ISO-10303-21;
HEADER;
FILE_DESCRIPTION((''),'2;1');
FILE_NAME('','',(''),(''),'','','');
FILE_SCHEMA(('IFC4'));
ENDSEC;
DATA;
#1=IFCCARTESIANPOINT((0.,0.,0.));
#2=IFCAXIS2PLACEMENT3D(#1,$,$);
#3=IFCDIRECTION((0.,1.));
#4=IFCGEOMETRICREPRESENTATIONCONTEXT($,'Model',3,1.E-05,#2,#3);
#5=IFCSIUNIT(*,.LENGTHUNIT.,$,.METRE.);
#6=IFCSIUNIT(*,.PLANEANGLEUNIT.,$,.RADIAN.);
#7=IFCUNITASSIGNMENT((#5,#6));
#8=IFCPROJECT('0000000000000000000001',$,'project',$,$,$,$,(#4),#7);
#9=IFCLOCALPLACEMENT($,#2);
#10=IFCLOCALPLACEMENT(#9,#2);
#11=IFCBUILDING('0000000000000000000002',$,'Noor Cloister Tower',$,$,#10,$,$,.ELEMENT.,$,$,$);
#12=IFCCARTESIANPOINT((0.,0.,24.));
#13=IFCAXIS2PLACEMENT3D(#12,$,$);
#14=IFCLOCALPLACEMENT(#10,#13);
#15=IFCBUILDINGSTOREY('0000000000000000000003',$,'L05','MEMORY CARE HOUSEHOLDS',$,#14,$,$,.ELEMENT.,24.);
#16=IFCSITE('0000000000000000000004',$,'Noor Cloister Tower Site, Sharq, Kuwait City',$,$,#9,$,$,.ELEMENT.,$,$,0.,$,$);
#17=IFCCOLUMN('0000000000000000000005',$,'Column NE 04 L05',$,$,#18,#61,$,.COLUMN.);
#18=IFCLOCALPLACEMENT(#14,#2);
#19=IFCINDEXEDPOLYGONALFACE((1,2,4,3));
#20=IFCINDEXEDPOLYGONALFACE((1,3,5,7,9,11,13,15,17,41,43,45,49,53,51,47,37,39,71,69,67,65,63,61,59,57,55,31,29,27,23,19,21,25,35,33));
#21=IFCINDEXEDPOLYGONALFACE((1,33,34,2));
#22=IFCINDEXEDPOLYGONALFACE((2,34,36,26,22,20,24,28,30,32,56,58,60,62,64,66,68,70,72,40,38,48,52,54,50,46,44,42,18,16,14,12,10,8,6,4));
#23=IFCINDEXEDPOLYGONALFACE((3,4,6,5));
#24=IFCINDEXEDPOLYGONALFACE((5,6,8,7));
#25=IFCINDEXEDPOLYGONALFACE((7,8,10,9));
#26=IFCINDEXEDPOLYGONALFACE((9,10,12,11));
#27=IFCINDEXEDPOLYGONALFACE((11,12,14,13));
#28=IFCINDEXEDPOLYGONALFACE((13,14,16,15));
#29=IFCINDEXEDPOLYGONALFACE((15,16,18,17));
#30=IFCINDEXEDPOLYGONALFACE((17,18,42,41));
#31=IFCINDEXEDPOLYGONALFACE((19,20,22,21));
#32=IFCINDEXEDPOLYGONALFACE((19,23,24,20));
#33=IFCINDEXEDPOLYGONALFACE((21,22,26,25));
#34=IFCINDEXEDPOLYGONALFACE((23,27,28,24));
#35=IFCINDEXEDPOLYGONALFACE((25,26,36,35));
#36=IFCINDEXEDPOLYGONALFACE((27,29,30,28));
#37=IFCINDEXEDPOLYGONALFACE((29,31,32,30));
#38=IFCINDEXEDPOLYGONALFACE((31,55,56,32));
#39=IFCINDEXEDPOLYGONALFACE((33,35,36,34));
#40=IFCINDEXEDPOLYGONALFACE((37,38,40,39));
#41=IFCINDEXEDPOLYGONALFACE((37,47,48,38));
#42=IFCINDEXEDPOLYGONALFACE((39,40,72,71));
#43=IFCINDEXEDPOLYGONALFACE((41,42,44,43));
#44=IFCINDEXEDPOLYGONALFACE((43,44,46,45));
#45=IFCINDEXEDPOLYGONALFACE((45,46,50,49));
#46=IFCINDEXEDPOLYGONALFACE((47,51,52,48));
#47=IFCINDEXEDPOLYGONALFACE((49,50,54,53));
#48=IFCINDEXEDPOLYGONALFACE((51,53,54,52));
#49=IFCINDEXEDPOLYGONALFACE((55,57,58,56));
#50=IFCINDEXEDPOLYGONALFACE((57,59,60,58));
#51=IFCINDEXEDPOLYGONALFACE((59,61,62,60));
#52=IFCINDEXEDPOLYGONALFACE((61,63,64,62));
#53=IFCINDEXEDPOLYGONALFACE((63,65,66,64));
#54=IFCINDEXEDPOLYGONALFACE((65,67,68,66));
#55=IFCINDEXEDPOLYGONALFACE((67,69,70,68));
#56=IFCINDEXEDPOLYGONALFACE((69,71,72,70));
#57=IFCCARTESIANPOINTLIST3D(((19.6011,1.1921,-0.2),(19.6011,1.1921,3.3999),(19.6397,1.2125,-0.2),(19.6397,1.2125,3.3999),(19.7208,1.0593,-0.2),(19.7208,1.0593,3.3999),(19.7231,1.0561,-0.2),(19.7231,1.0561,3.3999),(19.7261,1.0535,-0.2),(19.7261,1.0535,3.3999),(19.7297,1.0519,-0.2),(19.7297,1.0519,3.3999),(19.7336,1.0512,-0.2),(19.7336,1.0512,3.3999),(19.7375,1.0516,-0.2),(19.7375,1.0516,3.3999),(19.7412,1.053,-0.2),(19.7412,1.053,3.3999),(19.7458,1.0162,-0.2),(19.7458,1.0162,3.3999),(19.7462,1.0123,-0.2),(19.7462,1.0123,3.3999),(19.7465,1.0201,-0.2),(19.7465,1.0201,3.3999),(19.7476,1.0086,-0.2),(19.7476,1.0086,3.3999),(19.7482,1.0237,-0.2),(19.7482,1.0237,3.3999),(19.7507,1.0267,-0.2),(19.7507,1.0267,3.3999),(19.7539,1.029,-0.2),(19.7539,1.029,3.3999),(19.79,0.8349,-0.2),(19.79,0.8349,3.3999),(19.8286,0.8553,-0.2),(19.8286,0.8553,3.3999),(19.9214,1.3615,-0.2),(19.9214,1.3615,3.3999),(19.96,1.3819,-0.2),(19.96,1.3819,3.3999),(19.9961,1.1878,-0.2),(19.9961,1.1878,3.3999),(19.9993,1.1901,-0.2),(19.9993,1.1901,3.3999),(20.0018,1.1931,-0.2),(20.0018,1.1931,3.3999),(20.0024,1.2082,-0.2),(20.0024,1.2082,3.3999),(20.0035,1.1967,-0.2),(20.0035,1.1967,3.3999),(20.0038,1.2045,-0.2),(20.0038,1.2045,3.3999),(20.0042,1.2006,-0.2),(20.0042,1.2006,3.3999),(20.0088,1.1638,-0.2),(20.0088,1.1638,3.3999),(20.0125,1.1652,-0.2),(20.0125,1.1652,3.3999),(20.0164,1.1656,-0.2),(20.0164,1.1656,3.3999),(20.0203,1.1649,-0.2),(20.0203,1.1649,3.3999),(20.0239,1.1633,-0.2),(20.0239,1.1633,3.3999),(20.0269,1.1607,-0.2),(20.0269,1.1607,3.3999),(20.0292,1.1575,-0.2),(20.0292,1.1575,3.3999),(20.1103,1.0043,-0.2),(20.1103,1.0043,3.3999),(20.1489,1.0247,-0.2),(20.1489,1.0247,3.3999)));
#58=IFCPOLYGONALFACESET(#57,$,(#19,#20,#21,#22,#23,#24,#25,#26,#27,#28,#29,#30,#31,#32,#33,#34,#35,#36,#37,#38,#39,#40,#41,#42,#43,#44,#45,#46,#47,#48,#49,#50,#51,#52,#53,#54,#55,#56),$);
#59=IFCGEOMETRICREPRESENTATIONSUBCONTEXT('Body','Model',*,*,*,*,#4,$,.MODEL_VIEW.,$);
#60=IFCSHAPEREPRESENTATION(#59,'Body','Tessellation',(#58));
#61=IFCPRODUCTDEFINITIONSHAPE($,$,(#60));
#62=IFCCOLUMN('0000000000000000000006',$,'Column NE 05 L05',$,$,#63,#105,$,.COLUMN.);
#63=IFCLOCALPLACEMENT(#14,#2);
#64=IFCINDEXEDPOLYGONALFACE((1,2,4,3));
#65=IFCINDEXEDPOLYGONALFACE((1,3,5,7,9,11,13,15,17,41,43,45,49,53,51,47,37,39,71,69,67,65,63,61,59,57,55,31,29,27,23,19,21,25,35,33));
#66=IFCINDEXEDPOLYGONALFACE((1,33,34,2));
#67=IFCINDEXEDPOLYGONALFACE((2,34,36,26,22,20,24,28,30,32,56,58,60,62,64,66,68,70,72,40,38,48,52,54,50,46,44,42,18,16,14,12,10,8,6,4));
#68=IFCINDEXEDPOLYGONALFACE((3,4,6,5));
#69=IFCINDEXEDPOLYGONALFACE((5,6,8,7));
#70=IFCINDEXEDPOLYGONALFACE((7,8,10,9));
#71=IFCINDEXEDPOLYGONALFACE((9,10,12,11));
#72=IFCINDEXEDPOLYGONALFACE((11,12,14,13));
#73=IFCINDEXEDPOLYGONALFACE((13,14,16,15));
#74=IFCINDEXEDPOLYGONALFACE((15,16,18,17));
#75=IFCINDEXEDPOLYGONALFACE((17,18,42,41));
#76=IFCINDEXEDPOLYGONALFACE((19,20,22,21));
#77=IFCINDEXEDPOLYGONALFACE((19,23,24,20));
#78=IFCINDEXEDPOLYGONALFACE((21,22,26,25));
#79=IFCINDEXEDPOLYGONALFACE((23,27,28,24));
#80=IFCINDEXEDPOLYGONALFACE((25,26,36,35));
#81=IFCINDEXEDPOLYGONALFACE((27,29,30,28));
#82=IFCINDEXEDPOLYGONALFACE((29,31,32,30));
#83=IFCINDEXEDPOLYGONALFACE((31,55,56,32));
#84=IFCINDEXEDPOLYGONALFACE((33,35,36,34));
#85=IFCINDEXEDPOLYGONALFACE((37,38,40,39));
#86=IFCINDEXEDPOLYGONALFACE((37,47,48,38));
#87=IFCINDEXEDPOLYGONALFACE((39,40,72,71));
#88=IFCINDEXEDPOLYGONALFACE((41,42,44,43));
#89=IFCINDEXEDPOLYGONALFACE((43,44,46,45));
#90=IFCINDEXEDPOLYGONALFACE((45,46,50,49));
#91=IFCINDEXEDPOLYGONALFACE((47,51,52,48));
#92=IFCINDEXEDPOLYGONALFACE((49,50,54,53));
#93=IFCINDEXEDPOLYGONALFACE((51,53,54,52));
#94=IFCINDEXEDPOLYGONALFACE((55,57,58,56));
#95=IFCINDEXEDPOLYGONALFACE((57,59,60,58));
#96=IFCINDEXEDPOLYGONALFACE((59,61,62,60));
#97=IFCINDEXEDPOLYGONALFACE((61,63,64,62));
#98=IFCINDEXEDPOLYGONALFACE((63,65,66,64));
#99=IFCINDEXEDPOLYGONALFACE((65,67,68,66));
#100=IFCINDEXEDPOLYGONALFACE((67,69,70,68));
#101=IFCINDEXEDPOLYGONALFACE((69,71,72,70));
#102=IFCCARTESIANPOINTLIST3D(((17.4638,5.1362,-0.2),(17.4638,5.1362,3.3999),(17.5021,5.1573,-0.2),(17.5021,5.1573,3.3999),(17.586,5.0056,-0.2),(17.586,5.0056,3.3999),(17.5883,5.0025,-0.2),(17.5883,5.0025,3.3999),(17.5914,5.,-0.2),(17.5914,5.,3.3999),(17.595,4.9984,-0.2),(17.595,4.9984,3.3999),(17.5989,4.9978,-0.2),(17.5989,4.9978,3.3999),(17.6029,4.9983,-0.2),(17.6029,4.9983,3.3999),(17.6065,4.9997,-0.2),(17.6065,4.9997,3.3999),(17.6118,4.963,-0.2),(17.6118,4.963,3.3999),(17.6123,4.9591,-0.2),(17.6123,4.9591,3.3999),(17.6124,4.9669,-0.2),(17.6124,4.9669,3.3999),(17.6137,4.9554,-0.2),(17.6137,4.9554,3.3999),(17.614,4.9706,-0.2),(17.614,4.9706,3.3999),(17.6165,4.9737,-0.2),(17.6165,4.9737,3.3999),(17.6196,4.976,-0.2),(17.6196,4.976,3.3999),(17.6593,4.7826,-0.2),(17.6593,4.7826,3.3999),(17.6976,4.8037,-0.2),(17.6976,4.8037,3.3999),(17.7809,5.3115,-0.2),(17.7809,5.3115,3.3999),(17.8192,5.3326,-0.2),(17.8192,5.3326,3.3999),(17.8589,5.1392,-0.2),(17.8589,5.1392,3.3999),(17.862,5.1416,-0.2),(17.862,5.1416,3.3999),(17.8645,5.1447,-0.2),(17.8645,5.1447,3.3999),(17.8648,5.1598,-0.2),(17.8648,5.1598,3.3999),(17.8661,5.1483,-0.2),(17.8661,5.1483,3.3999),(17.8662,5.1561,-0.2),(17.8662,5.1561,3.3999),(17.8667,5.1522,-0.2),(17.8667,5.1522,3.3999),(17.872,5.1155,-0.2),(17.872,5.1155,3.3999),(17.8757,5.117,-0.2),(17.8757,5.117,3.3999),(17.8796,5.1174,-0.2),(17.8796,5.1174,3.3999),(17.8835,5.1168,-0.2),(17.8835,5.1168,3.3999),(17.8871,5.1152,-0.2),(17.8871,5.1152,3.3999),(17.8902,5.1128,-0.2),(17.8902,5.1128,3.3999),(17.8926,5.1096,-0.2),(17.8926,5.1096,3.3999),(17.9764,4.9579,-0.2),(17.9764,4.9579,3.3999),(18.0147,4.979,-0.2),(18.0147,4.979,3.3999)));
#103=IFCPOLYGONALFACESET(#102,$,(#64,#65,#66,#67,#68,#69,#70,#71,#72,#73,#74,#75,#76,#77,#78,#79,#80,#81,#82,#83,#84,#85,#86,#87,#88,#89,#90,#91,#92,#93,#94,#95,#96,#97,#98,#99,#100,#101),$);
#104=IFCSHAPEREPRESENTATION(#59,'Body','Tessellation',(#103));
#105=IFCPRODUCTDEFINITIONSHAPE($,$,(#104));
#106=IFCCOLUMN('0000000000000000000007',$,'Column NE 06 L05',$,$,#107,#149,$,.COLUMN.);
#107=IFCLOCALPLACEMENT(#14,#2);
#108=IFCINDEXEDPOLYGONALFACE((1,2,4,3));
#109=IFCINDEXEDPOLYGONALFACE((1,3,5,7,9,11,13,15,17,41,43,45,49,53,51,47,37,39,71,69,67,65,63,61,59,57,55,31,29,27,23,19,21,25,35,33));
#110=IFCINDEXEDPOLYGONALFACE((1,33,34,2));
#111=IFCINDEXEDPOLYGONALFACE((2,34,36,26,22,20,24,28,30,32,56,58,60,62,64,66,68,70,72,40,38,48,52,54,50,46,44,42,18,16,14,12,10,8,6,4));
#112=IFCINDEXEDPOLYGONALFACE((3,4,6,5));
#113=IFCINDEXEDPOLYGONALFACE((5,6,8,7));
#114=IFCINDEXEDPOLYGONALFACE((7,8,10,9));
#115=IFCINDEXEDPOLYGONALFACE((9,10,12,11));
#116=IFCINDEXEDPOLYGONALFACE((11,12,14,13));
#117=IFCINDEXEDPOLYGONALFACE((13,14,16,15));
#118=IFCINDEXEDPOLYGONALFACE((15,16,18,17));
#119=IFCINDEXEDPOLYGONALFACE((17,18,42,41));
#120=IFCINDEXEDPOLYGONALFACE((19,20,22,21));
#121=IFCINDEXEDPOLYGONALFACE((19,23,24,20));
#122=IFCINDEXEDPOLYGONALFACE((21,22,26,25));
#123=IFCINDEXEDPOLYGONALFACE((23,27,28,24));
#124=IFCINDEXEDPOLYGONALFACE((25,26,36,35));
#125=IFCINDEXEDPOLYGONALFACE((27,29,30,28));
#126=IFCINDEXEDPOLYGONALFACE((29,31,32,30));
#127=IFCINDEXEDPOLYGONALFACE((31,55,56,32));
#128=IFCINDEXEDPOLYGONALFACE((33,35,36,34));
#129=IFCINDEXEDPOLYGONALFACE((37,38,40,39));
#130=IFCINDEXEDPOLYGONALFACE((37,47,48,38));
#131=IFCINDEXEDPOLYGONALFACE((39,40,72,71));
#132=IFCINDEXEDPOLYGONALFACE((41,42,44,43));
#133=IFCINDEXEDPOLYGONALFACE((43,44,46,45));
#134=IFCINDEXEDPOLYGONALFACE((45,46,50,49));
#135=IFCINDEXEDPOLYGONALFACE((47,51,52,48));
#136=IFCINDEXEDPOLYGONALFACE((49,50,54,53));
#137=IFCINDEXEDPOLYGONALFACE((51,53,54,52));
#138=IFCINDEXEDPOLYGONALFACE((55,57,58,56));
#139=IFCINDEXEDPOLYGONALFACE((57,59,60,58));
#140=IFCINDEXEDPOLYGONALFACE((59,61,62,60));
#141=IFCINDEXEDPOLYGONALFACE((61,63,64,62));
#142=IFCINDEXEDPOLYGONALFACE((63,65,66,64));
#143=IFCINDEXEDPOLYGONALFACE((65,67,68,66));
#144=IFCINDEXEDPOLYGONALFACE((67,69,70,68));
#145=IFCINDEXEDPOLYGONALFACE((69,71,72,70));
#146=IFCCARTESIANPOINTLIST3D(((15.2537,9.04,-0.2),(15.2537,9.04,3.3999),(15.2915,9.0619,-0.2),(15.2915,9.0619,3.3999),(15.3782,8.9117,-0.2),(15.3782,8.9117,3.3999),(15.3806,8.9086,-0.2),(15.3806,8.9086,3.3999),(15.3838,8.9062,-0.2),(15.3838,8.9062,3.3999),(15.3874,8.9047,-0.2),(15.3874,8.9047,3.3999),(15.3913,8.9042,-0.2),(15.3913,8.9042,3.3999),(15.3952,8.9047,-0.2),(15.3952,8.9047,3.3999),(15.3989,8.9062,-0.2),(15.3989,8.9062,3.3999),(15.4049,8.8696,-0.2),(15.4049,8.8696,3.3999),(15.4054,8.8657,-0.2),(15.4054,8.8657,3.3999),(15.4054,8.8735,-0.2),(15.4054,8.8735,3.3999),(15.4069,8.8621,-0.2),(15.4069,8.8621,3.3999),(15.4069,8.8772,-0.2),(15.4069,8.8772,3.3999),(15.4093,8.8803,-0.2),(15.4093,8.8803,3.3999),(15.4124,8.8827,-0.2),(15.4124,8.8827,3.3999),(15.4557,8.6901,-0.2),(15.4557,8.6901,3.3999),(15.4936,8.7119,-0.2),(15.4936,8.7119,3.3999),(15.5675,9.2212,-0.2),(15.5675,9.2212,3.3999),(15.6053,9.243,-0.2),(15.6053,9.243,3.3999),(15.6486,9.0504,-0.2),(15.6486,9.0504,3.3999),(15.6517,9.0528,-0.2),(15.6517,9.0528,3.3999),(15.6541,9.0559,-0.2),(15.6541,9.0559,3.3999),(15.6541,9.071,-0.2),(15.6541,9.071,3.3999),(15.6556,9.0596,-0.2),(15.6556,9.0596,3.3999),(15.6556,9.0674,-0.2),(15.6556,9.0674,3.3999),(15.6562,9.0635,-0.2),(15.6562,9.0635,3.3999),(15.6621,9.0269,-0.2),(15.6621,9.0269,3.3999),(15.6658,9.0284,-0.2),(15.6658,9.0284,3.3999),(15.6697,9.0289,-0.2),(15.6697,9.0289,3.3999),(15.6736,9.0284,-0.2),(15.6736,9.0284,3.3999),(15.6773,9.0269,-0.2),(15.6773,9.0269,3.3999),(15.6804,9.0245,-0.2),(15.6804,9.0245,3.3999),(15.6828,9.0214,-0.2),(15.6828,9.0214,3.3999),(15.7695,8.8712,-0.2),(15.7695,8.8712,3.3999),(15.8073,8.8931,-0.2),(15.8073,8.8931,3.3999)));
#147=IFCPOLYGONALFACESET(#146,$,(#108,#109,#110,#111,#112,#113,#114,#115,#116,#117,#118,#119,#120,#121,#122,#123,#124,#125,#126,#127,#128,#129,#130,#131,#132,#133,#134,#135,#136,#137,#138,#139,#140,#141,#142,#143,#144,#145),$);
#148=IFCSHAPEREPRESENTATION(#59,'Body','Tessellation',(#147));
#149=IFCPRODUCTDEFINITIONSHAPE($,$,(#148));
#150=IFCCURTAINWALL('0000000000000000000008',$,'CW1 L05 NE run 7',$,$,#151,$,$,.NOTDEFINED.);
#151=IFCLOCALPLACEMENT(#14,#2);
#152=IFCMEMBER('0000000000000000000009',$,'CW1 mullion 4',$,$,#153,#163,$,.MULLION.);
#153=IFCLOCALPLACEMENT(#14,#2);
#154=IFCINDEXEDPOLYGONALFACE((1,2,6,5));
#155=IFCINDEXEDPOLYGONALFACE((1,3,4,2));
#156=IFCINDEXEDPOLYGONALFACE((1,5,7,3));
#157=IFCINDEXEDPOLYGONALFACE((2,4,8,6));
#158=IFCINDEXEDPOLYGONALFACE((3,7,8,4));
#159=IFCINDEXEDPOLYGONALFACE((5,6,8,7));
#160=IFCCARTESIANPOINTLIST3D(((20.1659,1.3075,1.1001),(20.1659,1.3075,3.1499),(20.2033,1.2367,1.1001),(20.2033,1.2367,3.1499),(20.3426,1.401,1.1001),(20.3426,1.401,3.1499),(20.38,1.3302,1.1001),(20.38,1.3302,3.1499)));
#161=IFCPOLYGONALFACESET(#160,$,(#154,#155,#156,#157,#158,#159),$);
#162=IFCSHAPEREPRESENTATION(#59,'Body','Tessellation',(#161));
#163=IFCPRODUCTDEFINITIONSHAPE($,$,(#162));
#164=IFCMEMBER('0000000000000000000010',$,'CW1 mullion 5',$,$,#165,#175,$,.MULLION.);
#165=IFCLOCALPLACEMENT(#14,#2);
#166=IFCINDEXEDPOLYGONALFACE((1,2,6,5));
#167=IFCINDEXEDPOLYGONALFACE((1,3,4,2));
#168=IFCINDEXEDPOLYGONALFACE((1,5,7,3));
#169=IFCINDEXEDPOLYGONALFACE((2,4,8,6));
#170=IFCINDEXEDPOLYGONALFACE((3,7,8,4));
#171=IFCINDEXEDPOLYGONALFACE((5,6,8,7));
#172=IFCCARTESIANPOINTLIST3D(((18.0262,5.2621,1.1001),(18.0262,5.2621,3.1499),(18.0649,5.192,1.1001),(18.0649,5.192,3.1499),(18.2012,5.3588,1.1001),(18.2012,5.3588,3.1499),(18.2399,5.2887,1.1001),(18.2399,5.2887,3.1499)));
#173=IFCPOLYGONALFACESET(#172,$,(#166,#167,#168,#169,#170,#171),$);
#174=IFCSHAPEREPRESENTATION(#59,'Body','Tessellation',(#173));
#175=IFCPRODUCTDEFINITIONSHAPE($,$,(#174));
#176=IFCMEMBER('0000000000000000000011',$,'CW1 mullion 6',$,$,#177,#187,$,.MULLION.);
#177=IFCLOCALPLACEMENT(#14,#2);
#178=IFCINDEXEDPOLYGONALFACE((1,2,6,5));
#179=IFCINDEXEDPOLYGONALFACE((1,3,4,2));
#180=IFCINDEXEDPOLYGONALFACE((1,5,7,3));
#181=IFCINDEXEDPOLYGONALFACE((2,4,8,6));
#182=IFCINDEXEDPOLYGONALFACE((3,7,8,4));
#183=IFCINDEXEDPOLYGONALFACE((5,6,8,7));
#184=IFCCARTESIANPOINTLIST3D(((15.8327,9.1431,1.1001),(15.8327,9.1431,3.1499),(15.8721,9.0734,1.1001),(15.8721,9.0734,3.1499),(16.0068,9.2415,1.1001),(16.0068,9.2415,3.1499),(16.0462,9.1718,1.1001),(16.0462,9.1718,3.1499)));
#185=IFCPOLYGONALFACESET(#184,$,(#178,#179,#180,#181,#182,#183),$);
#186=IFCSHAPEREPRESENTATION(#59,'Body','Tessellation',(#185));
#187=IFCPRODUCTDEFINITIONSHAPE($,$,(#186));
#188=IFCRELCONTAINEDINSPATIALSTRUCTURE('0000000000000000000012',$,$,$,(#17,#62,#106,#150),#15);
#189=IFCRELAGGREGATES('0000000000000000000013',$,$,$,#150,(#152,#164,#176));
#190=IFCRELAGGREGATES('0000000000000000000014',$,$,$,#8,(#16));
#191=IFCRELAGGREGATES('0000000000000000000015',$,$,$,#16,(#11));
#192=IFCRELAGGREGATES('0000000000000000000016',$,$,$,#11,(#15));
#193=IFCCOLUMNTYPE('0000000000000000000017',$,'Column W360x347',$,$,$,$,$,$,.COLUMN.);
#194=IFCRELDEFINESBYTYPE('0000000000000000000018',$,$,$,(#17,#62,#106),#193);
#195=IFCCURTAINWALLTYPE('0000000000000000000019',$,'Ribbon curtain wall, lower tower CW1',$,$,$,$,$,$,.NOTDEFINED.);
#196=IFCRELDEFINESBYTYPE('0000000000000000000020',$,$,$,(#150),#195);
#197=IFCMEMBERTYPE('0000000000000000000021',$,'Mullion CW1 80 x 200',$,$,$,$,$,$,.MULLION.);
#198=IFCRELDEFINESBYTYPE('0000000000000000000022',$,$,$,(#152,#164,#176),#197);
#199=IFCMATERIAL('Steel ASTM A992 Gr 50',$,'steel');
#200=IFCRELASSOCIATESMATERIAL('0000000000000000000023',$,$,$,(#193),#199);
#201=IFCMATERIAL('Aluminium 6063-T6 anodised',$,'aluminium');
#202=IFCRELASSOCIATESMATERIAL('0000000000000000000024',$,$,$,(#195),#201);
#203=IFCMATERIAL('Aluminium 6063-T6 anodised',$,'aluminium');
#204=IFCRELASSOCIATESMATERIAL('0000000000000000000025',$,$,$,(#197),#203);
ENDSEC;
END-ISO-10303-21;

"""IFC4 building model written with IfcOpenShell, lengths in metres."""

from ifc_helpers import new_model, si_unit, direction, frame, origin, origin_2d, place, context, subcontext, project, spatial, rectangle, i_section, extrude, material, material_profile, profile_set, type_object, element, aggregate, save


model = new_model("IFC4")

# Units and contexts
model_context = context("Model", 3, precision=1e-05, world=origin(), true_north=direction((0.0, 1.0)))
body_context = subcontext(model_context, "Body", "Model", "MODEL_VIEW")
ifc_project = project(units=[si_unit("LENGTHUNIT", "METRE"), si_unit("PLANEANGLEUNIT", "RADIAN")], contexts=[model_context])

# Site, building, storey
site_placement = place(None, origin())
site = spatial("IfcSite", under=ifc_project, at=site_placement, Name="Noor Cloister Tower Site, Sharq, Kuwait City", CompositionType="ELEMENT", RefElevation=0.0)
building_placement = place(site_placement, origin())
building = spatial("IfcBuilding", under=site, at=building_placement, Name="Noor Cloister Tower", CompositionType="ELEMENT")
storey_placement = place(building_placement, frame((0.0, 0.0, 24.0)))
storey = spatial("IfcBuildingStorey", under=building, at=storey_placement, Name="L05", Description="MEMORY CARE HOUSEHOLDS", CompositionType="ELEMENT", Elevation=24.0)

# Columns
ifc_material_1 = material(Name="Steel ASTM A992 Gr 50", Category="steel")
ifc_material_profile_1 = material_profile(ifc_material_1, i_section(OverallWidth=0.4041, OverallDepth=0.406, WebThickness=0.0271, FlangeThickness=0.0437, FilletRadius=0.0151, at=origin_2d()), Name="W360x347")
ifc_profile_set_1 = profile_set([ifc_material_profile_1], Name="Steel ASTM A992 Gr 50")
column_type = type_object("IfcColumnType", Name="Column W360x347", PredefinedType="COLUMN", material=ifc_profile_set_1)
for number, where, z_axis, x_axis, name in (
    (1, (19.875, 1.1084, -0.2), (0.0, 0.0, 1.0), (-0.467527, 0.883979, 0.0), "Column NE 04 L05"),
    (2, (17.7393, 5.0576, -0.2), (0.0, 0.0, 1.0), (-0.483847, 0.875153, 0.0), "Column NE 05 L05"),
    (3, (15.5305, 8.9666, -0.2), (0.0, 0.0, 1.0), (-0.5, 0.866025, 0.0), "Column NE 06 L05"),
):
    element("IfcColumn", number, at=place(storey_placement, frame(where, z_axis=z_axis, x_axis=x_axis)), inside=storey, type_object=column_type, Name=name, PredefinedType="COLUMN", context=body_context, shape_type="SweptSolid", body=[
        extrude(i_section(OverallWidth=0.4041, OverallDepth=0.406, WebThickness=0.0271, FlangeThickness=0.0437, FilletRadius=0.0151, at=origin_2d()), origin(), (0.0, 0.0, 1.0), 3.5999),
    ])

# Curtain wall, members
ifc_material_2 = material(Name="Aluminium 6063-T6 anodised", Category="aluminium")
curtain_wall_type = type_object("IfcCurtainWallType", Name="Ribbon curtain wall, lower tower CW1", PredefinedType="NOTDEFINED", material=ifc_material_2)
curtain_wall_placement = place(storey_placement, origin())
curtain_wall = element("IfcCurtainWall", 4, at=curtain_wall_placement, inside=storey, type_object=curtain_wall_type, Name="CW1 L05 NE run 7", PredefinedType="NOTDEFINED")
ifc_material_3 = material(Name="Aluminium 6063-T6 anodised", Category="aluminium")
ifc_material_profile_2 = material_profile(ifc_material_3, rectangle(XDim=0.2, YDim=0.0801, at=origin_2d()), Name="200 x 80 mullion")
ifc_profile_set_2 = profile_set([ifc_material_profile_2], Name="Aluminium 6063-T6 anodised")
member_type = type_object("IfcMemberType", Name="Mullion CW1 80 x 200", PredefinedType="MULLION", material=ifc_profile_set_2)
member_1_placement = place(storey_placement, frame((20.2729, 1.3188, 1.1001), z_axis=(0.0, 0.0, 1.0), x_axis=(-0.883979, -0.467527, 0.0)))
member_1 = element("IfcMember", 5, at=member_1_placement, type_object=member_type, Name="CW1 mullion 4", PredefinedType="MULLION", context=body_context, shape_type="SweptSolid", body=[
    extrude(rectangle(XDim=0.2, YDim=0.0801, at=origin_2d()), origin(), (0.0, 0.0, 1.0), 2.0498),
])
member_2_placement = place(storey_placement, frame((18.1331, 5.2754, 1.1001), z_axis=(0.0, 0.0, 1.0), x_axis=(-0.875153, -0.483847, 0.0)))
member_2 = element("IfcMember", 6, at=member_2_placement, type_object=member_type, Name="CW1 mullion 5", PredefinedType="MULLION", context=body_context, shape_type="SweptSolid", body=[
    extrude(rectangle(XDim=0.2, YDim=0.0801, at=origin_2d()), origin(), (0.0, 0.0, 1.0), 2.0498),
])
member_3_placement = place(storey_placement, frame((15.9395, 9.1575, 1.1001), z_axis=(0.0, 0.0, 1.0), x_axis=(-0.870627, -0.491945, 0.0)))
member_3 = element("IfcMember", 7, at=member_3_placement, type_object=member_type, Name="CW1 mullion 6", PredefinedType="MULLION", context=body_context, shape_type="SweptSolid", body=[
    extrude(rectangle(XDim=0.2, YDim=0.0801, at=origin_2d()), origin(), (0.0, 0.0, 1.0), 2.0498),
])

aggregate(curtain_wall, [member_1, member_2, member_3])

save(model, "model.ifc")
